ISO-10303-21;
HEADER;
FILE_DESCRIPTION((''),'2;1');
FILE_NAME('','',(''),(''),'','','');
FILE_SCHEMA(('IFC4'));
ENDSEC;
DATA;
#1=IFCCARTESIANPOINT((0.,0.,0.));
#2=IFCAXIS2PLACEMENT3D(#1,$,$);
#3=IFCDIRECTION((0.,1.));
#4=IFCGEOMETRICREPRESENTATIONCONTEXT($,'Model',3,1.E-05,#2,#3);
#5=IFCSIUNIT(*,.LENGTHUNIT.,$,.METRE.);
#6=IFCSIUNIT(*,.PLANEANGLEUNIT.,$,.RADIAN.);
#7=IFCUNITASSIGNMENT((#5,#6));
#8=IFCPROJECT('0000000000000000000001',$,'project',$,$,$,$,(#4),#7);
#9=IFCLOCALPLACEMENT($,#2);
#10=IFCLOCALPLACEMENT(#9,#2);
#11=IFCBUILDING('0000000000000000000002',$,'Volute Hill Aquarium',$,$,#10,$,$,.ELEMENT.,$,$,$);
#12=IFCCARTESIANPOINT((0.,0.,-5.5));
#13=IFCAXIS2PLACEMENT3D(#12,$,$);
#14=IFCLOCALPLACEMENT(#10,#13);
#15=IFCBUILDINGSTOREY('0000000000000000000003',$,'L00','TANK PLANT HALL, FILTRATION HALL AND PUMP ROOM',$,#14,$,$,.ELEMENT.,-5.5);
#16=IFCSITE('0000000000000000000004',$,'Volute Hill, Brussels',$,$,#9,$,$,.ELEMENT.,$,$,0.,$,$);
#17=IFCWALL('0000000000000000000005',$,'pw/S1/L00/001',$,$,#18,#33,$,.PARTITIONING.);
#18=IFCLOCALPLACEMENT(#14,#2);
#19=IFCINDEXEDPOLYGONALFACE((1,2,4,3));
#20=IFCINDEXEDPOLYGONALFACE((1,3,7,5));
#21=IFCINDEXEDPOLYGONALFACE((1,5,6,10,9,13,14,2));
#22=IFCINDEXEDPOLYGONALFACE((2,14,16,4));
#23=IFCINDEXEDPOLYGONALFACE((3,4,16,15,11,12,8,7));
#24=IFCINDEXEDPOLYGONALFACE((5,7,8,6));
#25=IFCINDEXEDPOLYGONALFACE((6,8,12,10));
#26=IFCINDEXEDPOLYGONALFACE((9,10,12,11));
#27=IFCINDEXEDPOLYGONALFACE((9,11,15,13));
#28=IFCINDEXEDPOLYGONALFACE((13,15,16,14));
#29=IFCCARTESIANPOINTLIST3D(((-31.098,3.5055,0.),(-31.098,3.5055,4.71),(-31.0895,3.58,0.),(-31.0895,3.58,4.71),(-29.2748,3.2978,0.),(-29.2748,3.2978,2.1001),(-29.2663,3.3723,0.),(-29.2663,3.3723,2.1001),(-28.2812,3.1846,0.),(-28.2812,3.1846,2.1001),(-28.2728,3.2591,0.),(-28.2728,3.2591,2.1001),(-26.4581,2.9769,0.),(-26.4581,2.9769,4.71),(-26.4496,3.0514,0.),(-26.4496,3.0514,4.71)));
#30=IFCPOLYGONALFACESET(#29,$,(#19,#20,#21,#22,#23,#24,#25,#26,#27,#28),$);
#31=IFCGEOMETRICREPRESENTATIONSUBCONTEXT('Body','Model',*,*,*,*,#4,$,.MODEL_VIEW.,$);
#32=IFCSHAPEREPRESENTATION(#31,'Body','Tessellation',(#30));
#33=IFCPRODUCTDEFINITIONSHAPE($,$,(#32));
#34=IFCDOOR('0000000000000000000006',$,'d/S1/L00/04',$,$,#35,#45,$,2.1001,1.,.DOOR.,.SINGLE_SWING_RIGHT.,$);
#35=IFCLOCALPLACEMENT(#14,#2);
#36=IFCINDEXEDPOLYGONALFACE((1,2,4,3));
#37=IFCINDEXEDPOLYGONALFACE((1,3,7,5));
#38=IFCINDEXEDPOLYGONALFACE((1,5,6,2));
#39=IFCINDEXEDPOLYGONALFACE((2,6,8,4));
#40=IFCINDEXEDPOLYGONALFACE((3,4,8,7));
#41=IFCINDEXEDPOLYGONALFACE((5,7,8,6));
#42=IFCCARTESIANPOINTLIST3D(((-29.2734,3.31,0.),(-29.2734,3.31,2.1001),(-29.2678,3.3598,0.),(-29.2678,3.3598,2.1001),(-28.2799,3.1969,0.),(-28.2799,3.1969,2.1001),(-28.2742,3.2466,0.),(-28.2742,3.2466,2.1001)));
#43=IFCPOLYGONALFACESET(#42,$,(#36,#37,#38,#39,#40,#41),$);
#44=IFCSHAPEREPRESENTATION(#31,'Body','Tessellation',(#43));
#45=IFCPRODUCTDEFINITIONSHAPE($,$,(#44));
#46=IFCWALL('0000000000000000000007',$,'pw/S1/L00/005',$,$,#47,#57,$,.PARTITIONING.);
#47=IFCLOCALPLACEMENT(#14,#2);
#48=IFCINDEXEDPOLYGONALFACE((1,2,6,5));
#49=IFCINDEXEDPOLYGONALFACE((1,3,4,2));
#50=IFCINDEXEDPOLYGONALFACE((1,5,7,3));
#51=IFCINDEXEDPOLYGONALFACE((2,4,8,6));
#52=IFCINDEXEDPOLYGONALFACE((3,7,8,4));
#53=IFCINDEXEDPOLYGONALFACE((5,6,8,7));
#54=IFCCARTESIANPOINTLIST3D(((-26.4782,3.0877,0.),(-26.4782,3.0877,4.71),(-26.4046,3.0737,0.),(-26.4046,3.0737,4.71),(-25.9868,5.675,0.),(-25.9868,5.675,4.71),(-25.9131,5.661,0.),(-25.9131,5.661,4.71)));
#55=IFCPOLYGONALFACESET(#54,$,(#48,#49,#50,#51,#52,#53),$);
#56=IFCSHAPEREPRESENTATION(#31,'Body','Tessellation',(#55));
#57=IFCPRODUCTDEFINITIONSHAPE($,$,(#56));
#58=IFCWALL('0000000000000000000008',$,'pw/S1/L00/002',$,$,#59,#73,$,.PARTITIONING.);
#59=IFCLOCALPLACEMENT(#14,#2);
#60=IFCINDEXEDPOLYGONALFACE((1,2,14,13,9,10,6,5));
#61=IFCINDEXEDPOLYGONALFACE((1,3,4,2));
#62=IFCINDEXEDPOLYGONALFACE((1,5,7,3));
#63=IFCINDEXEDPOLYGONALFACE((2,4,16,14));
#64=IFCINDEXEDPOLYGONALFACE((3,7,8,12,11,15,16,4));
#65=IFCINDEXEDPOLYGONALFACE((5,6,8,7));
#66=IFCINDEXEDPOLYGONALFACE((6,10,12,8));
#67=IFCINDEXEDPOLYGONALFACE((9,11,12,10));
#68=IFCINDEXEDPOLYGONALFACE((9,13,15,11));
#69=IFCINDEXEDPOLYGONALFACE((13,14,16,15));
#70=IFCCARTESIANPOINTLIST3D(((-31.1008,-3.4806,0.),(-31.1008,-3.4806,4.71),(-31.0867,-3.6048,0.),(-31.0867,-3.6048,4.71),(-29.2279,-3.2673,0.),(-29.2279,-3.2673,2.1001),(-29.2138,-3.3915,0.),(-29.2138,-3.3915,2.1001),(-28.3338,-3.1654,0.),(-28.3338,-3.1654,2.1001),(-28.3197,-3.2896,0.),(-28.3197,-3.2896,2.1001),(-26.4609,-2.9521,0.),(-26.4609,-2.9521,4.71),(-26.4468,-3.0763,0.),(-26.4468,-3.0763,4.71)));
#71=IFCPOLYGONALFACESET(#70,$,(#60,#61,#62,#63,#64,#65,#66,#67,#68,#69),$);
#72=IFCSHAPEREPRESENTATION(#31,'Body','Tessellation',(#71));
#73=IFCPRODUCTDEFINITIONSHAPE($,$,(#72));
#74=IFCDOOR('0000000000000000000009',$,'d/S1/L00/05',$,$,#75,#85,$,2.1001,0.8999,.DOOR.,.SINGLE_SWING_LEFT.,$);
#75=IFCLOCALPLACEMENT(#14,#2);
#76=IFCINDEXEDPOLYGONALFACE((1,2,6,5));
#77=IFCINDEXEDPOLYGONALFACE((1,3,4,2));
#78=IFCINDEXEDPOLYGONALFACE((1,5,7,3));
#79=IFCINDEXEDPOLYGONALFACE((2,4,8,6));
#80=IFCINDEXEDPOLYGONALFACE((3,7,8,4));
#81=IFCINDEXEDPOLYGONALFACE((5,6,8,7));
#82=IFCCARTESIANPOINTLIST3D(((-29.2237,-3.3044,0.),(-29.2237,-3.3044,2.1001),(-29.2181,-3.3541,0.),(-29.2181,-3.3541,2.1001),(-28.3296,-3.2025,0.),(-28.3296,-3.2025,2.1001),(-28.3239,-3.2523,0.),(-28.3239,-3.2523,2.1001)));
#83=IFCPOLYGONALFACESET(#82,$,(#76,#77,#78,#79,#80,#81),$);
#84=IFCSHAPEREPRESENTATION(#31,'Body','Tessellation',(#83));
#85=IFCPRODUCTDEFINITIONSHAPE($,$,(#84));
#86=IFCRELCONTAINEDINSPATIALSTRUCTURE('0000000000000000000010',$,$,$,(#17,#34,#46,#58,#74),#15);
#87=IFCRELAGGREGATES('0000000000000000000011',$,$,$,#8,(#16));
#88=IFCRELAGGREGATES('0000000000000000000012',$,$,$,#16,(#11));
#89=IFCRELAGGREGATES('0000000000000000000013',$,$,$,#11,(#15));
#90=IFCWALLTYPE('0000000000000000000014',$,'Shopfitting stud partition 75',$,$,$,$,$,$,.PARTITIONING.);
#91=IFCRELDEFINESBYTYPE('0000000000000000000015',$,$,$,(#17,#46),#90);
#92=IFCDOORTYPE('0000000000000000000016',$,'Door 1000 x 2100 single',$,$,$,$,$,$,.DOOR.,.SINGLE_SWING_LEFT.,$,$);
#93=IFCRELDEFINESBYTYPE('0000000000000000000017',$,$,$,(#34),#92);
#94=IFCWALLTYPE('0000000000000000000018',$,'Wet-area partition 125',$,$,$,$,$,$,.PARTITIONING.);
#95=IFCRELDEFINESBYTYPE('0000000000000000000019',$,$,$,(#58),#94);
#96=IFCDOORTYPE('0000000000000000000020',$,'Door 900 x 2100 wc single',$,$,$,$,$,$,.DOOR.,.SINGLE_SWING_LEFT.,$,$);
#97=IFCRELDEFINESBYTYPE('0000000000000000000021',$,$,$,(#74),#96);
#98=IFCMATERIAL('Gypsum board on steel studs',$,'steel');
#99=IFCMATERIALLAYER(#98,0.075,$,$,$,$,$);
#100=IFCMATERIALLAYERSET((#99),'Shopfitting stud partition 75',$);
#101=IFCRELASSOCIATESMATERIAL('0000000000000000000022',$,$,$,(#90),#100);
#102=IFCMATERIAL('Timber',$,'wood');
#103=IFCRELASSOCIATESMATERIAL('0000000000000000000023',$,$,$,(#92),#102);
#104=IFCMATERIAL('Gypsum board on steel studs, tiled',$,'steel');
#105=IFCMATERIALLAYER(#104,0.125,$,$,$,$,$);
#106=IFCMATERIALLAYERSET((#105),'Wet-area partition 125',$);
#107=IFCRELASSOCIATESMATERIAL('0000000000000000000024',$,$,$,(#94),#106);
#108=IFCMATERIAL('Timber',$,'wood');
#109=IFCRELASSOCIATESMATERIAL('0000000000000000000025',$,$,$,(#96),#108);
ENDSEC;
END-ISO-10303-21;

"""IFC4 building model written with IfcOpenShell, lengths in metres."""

from ifc_helpers import new_model, si_unit, direction, frame, frame_2d, origin, place, context, subcontext, project, spatial, rectangle, extrude, material, layer, layer_set, type_object, element, fill, save


model = new_model("IFC4")

# Units and contexts
model_context = context("Model", 3, precision=1e-05, world=origin(), true_north=direction((0.0, 1.0)))
body_context = subcontext(model_context, "Body", "Model", "MODEL_VIEW")
ifc_project = project(units=[si_unit("LENGTHUNIT", "METRE"), si_unit("PLANEANGLEUNIT", "RADIAN")], contexts=[model_context])

# Site, building, storey
site_placement = place(None, origin())
site = spatial("IfcSite", under=ifc_project, at=site_placement, Name="Volute Hill, Brussels", CompositionType="ELEMENT", RefElevation=0.0)
building_placement = place(site_placement, origin())
building = spatial("IfcBuilding", under=site, at=building_placement, Name="Volute Hill Aquarium", CompositionType="ELEMENT")
storey_placement = place(building_placement, frame((0.0, 0.0, -5.5)))
storey = spatial("IfcBuildingStorey", under=building, at=storey_placement, Name="L00", Description="TANK PLANT HALL, FILTRATION HALL AND PUMP ROOM", CompositionType="ELEMENT", Elevation=-5.5)

# Wall, opening, door
ifc_material_1 = material(Name="Gypsum board on steel studs", Category="steel")
ifc_layer_1 = layer(ifc_material_1, 0.075)
ifc_layer_set_1 = layer_set([ifc_layer_1], Name="Shopfitting stud partition 75")
wall_type_1 = type_object("IfcWallType", Name="Shopfitting stud partition 75", PredefinedType="PARTITIONING", material=ifc_layer_set_1)
wall_1_placement = place(storey_placement, frame((-31.0938, 3.5427, 0.0), z_axis=(0.0, 0.0, 1.0), x_axis=(0.993574, -0.113185, 0.0)))
wall_1 = element("IfcWall", 1, at=wall_1_placement, inside=storey, type_object=wall_type_1, Name="pw/S1/L00/001", PredefinedType="PARTITIONING", context=body_context, shape_type="SweptSolid", body=[
    extrude(rectangle(XDim=4.6699, YDim=0.075, at=frame_2d((2.335, 0.0))), origin(), (0.0, 0.0, 1.0), 4.71),
])
opening_1_placement = place(wall_1_placement, frame((1.835, 0.0, 0.0)))
opening_1 = element("IfcOpeningElement", 2, at=opening_1_placement, cuts=wall_1, PredefinedType="OPENING", context=body_context, shape_type="SweptSolid", body=[
    extrude(rectangle(XDim=1.0, YDim=2.1001, at=frame_2d((0.5, 1.05))), frame((0.0, 0.0474, 0.0), z_axis=(0.0, -1.0, 0.0), x_axis=(1.0, 0.0, 0.0)), (0.0, 0.0, 1.0), 0.095),
])
ifc_material_2 = material(Name="Timber", Category="wood")
door_type_1 = type_object("IfcDoorType", Name="Door 1000 x 2100 single", OperationType="SINGLE_SWING_LEFT", PredefinedType="DOOR", material=ifc_material_2)
door_1_placement = place(opening_1_placement, origin())
door_1 = element("IfcDoor", 3, at=door_1_placement, inside=storey, type_object=door_type_1, Name="d/S1/L00/04", OperationType="SINGLE_SWING_RIGHT", OverallHeight=2.1001, OverallWidth=1.0, PredefinedType="DOOR", context=body_context, shape_type="SweptSolid", body=[
    extrude(rectangle(XDim=1.0, YDim=2.1001, at=frame_2d((0.5, 1.05))), frame((0.0, 0.0249, 0.0), z_axis=(0.0, -1.0, 0.0), x_axis=(1.0, 0.0, 0.0)), (0.0, 0.0, 1.0), 0.05),
])
fill(opening_1, door_1)

# Wall
wall_2_placement = place(storey_placement, frame((-26.4414, 3.0806, 0.0), z_axis=(0.0, 0.0, 1.0), x_axis=(0.186605, 0.982435, 0.0)))
element("IfcWall", 4, at=wall_2_placement, inside=storey, type_object=wall_type_1, Name="pw/S1/L00/005", PredefinedType="PARTITIONING", context=body_context, shape_type="SweptSolid", body=[
    extrude(rectangle(XDim=2.6335, YDim=0.075, at=frame_2d((1.3169, 0.0))), origin(), (0.0, 0.0, 1.0), 4.71),
])

# Wall, opening, door
ifc_material_3 = material(Name="Gypsum board on steel studs, tiled", Category="steel")
ifc_layer_2 = layer(ifc_material_3, 0.125)
ifc_layer_set_2 = layer_set([ifc_layer_2], Name="Wet-area partition 125")
wall_type_2 = type_object("IfcWallType", Name="Wet-area partition 125", PredefinedType="PARTITIONING", material=ifc_layer_set_2)
wall_3_placement = place(storey_placement, frame((-26.4539, -3.0142, 0.0), z_axis=(0.0, 0.0, 1.0), x_axis=(-0.993574, -0.113185, 0.0)))
wall_3 = element("IfcWall", 5, at=wall_3_placement, inside=storey, type_object=wall_type_2, Name="pw/S1/L00/002", PredefinedType="PARTITIONING", context=body_context, shape_type="SweptSolid", body=[
    extrude(rectangle(XDim=4.6699, YDim=0.125, at=frame_2d((2.335, 0.0))), origin(), (0.0, 0.0, 1.0), 4.71),
])
opening_2_placement = place(wall_3_placement, frame((1.885, 0.0, 0.0)))
opening_2 = element("IfcOpeningElement", 6, at=opening_2_placement, cuts=wall_3, PredefinedType="OPENING", context=body_context, shape_type="SweptSolid", body=[
    extrude(rectangle(XDim=0.8999, YDim=2.1001, at=frame_2d((0.45, 1.05))), frame((0.0, 0.0725, 0.0), z_axis=(0.0, -1.0, 0.0), x_axis=(1.0, 0.0, 0.0)), (0.0, 0.0, 1.0), 0.145),
])
ifc_material_4 = material(Name="Timber", Category="wood")
door_type_2 = type_object("IfcDoorType", Name="Door 900 x 2100 wc single", OperationType="SINGLE_SWING_LEFT", PredefinedType="DOOR", material=ifc_material_4)
door_2_placement = place(opening_2_placement, origin())
door_2 = element("IfcDoor", 7, at=door_2_placement, inside=storey, type_object=door_type_2, Name="d/S1/L00/05", OperationType="SINGLE_SWING_LEFT", OverallHeight=2.1001, OverallWidth=0.8999, PredefinedType="DOOR", context=body_context, shape_type="SweptSolid", body=[
    extrude(rectangle(XDim=0.8999, YDim=2.1001, at=frame_2d((0.45, 1.05))), frame((0.0, 0.0249, 0.0), z_axis=(0.0, -1.0, 0.0), x_axis=(1.0, 0.0, 0.0)), (0.0, 0.0, 1.0), 0.05),
])
fill(opening_2, door_2)

save(model, "model.ifc")
